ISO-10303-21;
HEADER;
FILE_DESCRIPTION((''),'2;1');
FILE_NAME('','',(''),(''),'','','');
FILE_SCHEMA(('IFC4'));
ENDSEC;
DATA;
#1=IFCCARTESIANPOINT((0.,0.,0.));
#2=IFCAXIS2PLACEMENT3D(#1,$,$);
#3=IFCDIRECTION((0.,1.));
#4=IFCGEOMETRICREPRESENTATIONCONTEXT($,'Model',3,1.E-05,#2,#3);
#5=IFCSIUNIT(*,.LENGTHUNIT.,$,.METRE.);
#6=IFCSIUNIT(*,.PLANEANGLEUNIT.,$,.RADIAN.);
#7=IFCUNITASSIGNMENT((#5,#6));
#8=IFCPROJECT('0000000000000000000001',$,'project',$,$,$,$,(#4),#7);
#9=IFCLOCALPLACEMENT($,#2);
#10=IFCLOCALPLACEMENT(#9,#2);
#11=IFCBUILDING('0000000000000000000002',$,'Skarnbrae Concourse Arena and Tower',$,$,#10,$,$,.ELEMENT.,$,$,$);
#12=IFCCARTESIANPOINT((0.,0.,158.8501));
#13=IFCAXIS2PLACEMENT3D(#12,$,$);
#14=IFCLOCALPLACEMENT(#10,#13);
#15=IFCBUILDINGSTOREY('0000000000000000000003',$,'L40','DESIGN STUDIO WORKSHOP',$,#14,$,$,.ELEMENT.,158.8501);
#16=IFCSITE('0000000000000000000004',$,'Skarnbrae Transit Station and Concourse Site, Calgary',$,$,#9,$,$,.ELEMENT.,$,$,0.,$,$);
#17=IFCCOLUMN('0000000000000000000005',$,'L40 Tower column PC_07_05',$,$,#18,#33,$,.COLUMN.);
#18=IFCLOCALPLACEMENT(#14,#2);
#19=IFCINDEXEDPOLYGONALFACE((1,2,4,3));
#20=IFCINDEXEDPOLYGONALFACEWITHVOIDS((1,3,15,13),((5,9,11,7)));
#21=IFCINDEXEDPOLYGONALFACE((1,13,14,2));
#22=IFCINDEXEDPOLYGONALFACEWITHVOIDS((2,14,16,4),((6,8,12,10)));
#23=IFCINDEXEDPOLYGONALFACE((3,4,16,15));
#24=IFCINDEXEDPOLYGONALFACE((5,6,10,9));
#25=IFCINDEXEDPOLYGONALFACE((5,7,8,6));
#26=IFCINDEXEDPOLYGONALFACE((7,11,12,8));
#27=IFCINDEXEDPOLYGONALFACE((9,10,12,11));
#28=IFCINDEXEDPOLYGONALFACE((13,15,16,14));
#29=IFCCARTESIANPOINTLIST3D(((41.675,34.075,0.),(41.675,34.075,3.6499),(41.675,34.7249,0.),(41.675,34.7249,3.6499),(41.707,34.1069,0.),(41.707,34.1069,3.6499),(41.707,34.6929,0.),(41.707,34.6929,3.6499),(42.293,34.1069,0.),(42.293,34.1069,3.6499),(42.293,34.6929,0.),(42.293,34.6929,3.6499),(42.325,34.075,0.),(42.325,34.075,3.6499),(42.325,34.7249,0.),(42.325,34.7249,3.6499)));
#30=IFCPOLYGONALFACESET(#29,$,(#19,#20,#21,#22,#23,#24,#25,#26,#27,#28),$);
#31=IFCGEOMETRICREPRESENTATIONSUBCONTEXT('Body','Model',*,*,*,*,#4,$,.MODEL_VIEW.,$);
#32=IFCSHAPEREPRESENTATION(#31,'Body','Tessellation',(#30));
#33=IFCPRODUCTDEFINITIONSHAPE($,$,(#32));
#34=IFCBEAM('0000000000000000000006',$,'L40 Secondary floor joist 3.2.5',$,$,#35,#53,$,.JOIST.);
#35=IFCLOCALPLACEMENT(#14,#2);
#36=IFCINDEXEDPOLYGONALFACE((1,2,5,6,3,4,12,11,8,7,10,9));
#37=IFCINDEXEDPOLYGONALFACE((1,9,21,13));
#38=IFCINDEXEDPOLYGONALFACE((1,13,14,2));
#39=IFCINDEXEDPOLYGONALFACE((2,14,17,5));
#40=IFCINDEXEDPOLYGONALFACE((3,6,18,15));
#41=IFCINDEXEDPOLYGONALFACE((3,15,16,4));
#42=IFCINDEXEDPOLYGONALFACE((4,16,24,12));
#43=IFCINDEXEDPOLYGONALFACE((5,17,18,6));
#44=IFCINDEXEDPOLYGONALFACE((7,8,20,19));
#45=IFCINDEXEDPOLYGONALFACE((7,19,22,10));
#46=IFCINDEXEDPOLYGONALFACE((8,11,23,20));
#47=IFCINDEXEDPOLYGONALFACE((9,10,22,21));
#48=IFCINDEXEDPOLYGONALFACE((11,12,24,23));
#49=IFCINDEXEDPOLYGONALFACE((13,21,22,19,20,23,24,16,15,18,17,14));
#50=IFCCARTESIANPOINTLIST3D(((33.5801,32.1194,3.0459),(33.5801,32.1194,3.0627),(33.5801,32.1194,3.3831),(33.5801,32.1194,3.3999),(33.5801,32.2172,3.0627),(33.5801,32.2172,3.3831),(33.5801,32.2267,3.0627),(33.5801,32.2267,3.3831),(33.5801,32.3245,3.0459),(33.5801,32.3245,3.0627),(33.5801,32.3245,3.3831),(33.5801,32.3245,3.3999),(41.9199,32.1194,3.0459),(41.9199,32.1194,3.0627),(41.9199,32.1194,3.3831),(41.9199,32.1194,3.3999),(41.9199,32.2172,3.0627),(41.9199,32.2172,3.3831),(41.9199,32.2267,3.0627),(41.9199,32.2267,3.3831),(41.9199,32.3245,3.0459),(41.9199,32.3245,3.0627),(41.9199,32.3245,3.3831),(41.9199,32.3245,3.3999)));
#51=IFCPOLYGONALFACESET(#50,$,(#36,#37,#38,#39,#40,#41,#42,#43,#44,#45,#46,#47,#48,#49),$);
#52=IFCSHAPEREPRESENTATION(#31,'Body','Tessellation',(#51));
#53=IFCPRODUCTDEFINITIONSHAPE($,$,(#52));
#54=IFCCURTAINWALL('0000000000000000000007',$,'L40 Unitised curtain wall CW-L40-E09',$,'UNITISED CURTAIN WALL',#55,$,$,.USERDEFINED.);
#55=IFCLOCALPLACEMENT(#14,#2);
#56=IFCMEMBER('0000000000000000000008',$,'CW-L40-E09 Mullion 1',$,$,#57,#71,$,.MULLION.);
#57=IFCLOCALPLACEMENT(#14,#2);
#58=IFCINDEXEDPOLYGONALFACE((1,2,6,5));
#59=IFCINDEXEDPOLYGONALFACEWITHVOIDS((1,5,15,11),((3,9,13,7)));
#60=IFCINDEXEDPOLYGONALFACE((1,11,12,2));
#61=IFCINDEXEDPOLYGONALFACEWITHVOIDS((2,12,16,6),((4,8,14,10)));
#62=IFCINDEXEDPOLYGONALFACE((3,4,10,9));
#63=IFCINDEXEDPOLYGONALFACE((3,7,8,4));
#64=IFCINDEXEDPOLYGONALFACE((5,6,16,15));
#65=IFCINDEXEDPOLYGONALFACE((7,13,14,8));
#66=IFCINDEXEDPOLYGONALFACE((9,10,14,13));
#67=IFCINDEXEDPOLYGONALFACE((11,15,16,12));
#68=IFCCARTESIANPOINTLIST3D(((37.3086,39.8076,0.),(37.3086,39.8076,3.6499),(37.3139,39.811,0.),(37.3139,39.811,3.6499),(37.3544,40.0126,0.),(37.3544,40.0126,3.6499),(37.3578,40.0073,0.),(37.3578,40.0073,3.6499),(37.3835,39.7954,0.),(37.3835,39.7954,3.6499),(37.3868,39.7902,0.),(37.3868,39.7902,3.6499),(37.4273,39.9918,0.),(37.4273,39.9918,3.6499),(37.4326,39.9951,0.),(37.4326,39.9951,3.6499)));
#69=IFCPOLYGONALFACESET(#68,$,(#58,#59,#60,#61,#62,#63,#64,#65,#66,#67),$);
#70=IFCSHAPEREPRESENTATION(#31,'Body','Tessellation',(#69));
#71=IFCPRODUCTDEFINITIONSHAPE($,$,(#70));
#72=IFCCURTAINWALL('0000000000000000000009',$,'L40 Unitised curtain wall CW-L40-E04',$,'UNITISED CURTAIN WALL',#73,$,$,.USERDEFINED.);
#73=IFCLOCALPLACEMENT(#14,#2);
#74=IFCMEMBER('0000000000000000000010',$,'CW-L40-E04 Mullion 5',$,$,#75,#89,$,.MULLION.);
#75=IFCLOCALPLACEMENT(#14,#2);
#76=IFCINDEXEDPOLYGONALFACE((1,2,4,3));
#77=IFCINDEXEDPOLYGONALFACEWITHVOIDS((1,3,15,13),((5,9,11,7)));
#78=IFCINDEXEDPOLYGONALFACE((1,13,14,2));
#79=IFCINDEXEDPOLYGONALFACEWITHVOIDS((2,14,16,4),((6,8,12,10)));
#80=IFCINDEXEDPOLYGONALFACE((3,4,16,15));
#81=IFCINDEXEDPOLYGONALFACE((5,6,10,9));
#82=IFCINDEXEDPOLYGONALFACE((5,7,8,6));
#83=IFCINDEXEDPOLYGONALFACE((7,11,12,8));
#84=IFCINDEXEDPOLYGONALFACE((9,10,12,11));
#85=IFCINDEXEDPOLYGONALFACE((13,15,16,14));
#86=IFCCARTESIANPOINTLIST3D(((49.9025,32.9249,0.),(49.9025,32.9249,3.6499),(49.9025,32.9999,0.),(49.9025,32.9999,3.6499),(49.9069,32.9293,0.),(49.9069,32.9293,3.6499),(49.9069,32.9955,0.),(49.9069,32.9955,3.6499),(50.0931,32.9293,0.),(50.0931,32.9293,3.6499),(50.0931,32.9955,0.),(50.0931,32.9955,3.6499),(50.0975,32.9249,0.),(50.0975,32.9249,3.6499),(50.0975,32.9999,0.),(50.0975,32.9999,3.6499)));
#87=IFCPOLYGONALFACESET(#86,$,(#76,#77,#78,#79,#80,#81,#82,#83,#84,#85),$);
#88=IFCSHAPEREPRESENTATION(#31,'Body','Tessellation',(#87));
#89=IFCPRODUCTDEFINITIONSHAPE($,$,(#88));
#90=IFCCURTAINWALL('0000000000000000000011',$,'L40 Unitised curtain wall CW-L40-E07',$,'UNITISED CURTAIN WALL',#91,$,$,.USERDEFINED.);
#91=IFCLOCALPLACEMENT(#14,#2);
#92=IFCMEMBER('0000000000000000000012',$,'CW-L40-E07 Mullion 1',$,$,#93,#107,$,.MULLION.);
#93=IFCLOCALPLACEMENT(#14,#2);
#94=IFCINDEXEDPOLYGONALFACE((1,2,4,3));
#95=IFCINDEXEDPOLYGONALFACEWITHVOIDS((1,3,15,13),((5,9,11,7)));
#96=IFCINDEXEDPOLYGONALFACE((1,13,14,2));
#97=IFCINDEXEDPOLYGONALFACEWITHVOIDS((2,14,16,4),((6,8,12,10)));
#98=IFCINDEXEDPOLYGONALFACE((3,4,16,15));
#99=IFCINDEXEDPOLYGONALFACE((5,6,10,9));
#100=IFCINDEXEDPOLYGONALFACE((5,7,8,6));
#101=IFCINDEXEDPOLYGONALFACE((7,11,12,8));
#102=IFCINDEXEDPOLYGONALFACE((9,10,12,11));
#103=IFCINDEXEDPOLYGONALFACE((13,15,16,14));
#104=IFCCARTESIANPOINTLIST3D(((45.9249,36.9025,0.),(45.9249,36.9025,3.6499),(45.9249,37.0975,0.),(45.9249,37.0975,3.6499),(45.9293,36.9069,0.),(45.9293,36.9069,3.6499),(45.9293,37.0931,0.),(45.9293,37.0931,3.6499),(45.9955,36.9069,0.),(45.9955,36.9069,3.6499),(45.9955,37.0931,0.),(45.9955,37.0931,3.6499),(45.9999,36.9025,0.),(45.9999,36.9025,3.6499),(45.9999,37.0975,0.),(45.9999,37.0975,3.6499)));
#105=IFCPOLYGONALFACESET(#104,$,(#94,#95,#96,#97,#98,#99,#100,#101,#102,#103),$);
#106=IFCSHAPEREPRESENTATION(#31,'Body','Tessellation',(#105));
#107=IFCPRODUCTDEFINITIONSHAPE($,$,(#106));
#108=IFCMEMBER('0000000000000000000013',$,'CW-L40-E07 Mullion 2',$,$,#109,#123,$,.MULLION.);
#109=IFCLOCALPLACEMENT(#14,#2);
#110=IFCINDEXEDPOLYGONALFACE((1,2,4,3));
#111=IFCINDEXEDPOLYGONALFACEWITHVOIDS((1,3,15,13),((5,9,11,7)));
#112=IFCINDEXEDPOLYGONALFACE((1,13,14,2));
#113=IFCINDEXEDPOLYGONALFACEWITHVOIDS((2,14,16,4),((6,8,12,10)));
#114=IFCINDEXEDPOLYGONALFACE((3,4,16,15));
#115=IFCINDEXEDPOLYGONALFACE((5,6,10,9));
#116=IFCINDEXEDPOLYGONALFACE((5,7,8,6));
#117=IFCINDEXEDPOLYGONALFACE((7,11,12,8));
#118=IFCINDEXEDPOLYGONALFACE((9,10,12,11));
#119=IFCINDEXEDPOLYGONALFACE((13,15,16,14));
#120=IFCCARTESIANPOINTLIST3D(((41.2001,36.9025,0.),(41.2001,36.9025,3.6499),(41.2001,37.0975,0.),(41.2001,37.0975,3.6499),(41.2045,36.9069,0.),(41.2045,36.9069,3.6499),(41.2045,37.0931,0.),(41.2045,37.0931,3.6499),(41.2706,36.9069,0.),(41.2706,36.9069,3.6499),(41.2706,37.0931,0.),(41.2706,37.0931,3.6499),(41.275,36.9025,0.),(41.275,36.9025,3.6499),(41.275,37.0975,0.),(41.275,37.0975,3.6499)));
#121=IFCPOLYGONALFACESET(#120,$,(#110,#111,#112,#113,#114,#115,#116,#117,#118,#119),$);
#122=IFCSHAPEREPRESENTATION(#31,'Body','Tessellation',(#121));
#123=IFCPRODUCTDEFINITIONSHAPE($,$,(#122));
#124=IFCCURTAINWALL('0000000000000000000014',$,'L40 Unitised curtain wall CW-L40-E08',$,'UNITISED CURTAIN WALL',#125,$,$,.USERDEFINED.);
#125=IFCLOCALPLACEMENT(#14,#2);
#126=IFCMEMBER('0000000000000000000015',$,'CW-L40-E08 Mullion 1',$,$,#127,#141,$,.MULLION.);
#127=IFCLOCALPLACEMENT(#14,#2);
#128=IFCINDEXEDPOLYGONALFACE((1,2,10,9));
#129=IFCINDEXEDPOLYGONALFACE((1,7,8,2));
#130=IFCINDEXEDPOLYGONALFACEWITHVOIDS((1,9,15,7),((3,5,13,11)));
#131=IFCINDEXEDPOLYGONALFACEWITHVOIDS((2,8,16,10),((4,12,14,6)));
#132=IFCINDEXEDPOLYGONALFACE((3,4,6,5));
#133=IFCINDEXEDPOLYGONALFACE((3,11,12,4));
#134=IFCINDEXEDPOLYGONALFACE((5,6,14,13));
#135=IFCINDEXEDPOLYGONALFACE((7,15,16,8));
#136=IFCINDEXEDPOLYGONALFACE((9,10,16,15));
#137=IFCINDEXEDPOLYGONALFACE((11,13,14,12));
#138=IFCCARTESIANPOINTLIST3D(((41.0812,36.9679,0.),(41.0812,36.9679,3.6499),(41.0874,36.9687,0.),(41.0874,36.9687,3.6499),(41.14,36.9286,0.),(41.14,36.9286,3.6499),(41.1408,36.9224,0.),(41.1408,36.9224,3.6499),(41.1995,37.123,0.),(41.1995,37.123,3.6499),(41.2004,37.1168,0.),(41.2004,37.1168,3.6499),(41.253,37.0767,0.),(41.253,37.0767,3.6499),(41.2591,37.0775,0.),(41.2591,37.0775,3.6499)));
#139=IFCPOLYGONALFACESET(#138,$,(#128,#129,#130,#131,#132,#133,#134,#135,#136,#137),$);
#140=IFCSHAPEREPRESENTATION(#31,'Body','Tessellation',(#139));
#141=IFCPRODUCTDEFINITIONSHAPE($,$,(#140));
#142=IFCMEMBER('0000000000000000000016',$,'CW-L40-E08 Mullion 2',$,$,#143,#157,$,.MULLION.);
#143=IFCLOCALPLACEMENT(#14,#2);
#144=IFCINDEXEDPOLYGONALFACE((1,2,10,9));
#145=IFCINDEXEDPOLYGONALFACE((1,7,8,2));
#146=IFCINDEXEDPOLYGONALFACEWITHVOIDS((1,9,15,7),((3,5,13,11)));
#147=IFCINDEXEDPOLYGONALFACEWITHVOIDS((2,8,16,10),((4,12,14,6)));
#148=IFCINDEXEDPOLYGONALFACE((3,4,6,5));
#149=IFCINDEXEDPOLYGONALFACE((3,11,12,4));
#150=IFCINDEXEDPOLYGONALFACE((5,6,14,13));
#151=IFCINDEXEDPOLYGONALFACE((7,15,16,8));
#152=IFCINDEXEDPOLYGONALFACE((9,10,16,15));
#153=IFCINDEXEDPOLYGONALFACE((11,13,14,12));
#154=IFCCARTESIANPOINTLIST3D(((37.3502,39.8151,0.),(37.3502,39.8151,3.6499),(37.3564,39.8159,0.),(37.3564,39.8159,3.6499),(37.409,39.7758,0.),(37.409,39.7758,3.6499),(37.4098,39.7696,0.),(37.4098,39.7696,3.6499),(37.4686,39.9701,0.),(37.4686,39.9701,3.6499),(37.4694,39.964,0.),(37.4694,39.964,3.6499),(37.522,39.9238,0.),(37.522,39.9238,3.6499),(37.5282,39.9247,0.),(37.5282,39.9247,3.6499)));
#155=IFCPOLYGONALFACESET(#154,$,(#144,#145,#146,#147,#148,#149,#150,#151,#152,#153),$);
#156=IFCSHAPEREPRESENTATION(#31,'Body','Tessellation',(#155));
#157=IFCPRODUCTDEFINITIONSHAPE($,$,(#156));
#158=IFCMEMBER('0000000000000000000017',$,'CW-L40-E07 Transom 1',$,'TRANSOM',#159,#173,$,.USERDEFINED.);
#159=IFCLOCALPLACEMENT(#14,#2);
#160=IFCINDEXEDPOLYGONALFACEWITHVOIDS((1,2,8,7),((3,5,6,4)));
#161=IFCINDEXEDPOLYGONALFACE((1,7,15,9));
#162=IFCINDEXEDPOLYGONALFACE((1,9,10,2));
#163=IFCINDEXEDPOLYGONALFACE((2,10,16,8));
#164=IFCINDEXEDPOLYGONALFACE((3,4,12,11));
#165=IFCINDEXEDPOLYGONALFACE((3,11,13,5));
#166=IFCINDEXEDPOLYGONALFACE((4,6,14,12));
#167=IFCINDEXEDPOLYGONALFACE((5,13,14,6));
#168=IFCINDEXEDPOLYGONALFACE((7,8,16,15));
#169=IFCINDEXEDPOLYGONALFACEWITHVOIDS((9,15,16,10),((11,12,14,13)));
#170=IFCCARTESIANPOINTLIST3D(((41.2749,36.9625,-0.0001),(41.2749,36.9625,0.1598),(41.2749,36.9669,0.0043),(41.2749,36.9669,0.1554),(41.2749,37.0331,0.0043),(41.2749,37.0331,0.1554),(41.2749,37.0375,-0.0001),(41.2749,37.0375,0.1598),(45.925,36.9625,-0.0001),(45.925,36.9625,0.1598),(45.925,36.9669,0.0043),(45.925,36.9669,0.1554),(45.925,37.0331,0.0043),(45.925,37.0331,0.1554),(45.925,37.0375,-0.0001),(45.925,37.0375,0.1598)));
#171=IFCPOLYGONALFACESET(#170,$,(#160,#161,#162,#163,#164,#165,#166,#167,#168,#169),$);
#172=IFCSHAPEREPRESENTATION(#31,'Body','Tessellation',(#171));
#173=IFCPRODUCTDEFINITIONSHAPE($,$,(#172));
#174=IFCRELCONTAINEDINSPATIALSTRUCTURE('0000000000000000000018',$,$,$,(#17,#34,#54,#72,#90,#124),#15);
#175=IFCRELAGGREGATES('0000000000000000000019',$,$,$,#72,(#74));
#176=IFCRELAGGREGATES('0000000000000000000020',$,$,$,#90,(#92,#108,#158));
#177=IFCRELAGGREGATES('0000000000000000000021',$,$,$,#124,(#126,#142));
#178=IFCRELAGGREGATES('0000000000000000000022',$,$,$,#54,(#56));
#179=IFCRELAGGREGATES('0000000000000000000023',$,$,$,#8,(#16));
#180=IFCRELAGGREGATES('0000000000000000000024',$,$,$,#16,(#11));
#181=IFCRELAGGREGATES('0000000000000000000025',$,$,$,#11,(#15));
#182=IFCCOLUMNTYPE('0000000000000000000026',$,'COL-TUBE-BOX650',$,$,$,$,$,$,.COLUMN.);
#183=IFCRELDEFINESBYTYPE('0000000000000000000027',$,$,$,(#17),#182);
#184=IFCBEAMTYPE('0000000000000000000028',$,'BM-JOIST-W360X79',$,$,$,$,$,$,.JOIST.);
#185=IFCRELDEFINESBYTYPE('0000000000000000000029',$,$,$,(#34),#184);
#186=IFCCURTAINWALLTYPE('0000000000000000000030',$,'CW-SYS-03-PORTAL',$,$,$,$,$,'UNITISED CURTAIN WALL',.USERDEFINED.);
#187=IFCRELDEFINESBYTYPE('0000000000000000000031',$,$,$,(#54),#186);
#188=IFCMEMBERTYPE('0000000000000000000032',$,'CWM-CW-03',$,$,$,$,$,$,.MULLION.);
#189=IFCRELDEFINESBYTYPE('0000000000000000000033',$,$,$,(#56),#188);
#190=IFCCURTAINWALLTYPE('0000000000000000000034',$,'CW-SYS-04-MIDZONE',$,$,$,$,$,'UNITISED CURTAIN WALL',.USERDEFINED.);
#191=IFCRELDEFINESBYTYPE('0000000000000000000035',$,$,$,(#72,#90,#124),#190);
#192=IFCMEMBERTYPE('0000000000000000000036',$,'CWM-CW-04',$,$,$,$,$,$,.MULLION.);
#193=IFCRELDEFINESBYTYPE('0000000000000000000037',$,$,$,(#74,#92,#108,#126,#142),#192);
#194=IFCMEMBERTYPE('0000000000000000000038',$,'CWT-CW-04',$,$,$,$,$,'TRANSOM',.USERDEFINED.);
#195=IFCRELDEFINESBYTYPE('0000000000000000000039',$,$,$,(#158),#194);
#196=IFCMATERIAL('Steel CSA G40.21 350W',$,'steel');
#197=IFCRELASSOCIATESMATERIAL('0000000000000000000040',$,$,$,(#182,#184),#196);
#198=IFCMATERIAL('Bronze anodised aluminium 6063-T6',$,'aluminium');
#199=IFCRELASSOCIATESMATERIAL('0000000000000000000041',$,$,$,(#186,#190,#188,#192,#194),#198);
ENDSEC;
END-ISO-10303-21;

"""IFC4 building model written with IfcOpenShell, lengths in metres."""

from ifc_helpers import new_model, si_unit, direction, frame, origin, origin_2d, place, context, subcontext, project, spatial, hollow_rectangle, i_section, extrude, source, transform, mapped, material, material_profile, profile_set, type_object, element, aggregate, save


model = new_model("IFC4")

# Units and contexts
model_context = context("Model", 3, precision=1e-05, world=origin(), true_north=direction((0.0, 1.0)))
body_context = subcontext(model_context, "Body", "Model", "MODEL_VIEW")
ifc_project = project(units=[si_unit("LENGTHUNIT", "METRE"), si_unit("PLANEANGLEUNIT", "RADIAN")], contexts=[model_context])

# Site, building, storey
site_placement = place(None, origin())
site = spatial("IfcSite", under=ifc_project, at=site_placement, Name="Skarnbrae Transit Station and Concourse Site, Calgary", CompositionType="ELEMENT", RefElevation=0.0)
building_placement = place(site_placement, origin())
building = spatial("IfcBuilding", under=site, at=building_placement, Name="Skarnbrae Concourse Arena and Tower", CompositionType="ELEMENT")
storey_placement = place(building_placement, frame((0.0, 0.0, 158.8501)))
storey = spatial("IfcBuildingStorey", under=building, at=storey_placement, Name="L40", Description="DESIGN STUDIO WORKSHOP", CompositionType="ELEMENT", Elevation=158.8501)

# Column
ifc_material_1 = material(Name="Steel CSA G40.21 350W", Category="steel")
ifc_material_profile_1 = material_profile(ifc_material_1, hollow_rectangle(XDim=0.6499, YDim=0.6499, WallThickness=0.032, at=origin_2d()), Name="BOX650X650X32")
ifc_profile_set_1 = profile_set([ifc_material_profile_1], Name="Steel CSA G40.21 350W")
column_type = type_object("IfcColumnType", Name="COL-TUBE-BOX650", PredefinedType="COLUMN", material=ifc_profile_set_1)
shared_shape_1 = source(origin(), body_context, "Body", "SweptSolid", [
    extrude(hollow_rectangle(XDim=0.6499, YDim=0.6499, WallThickness=0.032, at=origin_2d()), origin(), (0.0, 0.0, 1.0), 3.6499),
])
column_placement = place(storey_placement, frame((42.0, 34.3999, 0.0), z_axis=(0.0, 0.0, 1.0), x_axis=(1.0, 0.0, 0.0)))
element("IfcColumn", 1, at=column_placement, inside=storey, type_object=column_type, Name="L40 Tower column PC_07_05", PredefinedType="COLUMN", context=body_context, shape_type="MappedRepresentation", body=[
    mapped(shared_shape_1, transform((0.0, 0.0, 0.0))),
])

# Beam
ifc_material_profile_2 = material_profile(ifc_material_1, i_section(OverallWidth=0.2051, OverallDepth=0.354, WebThickness=0.0095, FlangeThickness=0.0168, at=origin_2d()), Name="W360X79")
ifc_profile_set_2 = profile_set([ifc_material_profile_2], Name="Steel CSA G40.21 350W")
beam_type = type_object("IfcBeamType", Name="BM-JOIST-W360X79", PredefinedType="JOIST", material=ifc_profile_set_2)
shared_shape_2 = source(origin(), body_context, "Body", "SweptSolid", [
    extrude(i_section(OverallWidth=0.2051, OverallDepth=0.354, WebThickness=0.0095, FlangeThickness=0.0168, at=origin_2d()), origin(), (0.0, 0.0, 1.0), 8.3398),
])
beam_placement = place(storey_placement, frame((33.5801, 32.2219, 3.2229), z_axis=(1.0, 0.0, 0.0), x_axis=(0.0, 1.0, 0.0)))
element("IfcBeam", 2, at=beam_placement, inside=storey, type_object=beam_type, Name="L40 Secondary floor joist 3.2.5", PredefinedType="JOIST", context=body_context, shape_type="MappedRepresentation", body=[
    mapped(shared_shape_2, transform((0.0, 0.0, 0.0))),
])

# Curtain walls, members
ifc_material_2 = material(Name="Bronze anodised aluminium 6063-T6", Category="aluminium")
curtain_wall_type_1 = type_object("IfcCurtainWallType", Name="CW-SYS-03-PORTAL", ElementType="UNITISED CURTAIN WALL", PredefinedType="USERDEFINED", material=ifc_material_2)
curtain_wall_1_placement = place(storey_placement, origin())
curtain_wall_1 = element("IfcCurtainWall", 3, at=curtain_wall_1_placement, inside=storey, type_object=curtain_wall_type_1, Name="L40 Unitised curtain wall CW-L40-E09", ObjectType="UNITISED CURTAIN WALL", PredefinedType="USERDEFINED")
ifc_material_profile_3 = material_profile(ifc_material_2, hollow_rectangle(XDim=0.0801, YDim=0.21, WallThickness=0.0044, at=origin_2d()), Name="ALU-MULL-80X210")
ifc_profile_set_3 = profile_set([ifc_material_profile_3], Name="Bronze anodised aluminium 6063-T6")
member_type_1 = type_object("IfcMemberType", Name="CWM-CW-03", PredefinedType="MULLION", material=ifc_profile_set_3)
shared_shape_3 = source(origin(), body_context, "Body", "SweptSolid", [
    extrude(hollow_rectangle(XDim=0.0801, YDim=0.21, WallThickness=0.0044, at=origin_2d()), origin(), (0.0, 0.0, 1.0), 3.6499),
])
member_1_placement = place(storey_placement, frame((37.3706, 39.9014, 0.0), z_axis=(0.0, 0.0, 1.0), x_axis=(-0.975936, 0.218056, 0.0)))
member_1 = element("IfcMember", 4, at=member_1_placement, type_object=member_type_1, Name="CW-L40-E09 Mullion 1", PredefinedType="MULLION", context=body_context, shape_type="MappedRepresentation", body=[
    mapped(shared_shape_3, transform((0.0, 0.0, 0.0))),
])
curtain_wall_type_2 = type_object("IfcCurtainWallType", Name="CW-SYS-04-MIDZONE", ElementType="UNITISED CURTAIN WALL", PredefinedType="USERDEFINED", material=ifc_material_2)
curtain_wall_2_placement = place(storey_placement, origin())
curtain_wall_2 = element("IfcCurtainWall", 5, at=curtain_wall_2_placement, inside=storey, type_object=curtain_wall_type_2, Name="L40 Unitised curtain wall CW-L40-E04", ObjectType="UNITISED CURTAIN WALL", PredefinedType="USERDEFINED")
ifc_material_profile_4 = material_profile(ifc_material_2, hollow_rectangle(XDim=0.075, YDim=0.1951, WallThickness=0.0044, at=origin_2d()), Name="ALU-MULL-75X195")
ifc_profile_set_4 = profile_set([ifc_material_profile_4], Name="Bronze anodised aluminium 6063-T6")
member_type_2 = type_object("IfcMemberType", Name="CWM-CW-04", PredefinedType="MULLION", material=ifc_profile_set_4)
shared_shape_4 = source(origin(), body_context, "Body", "SweptSolid", [
    extrude(hollow_rectangle(XDim=0.075, YDim=0.1951, WallThickness=0.0044, at=origin_2d()), origin(), (0.0, 0.0, 1.0), 3.6499),
])
member_2_placement = place(storey_placement, frame((50.0, 32.9624, 0.0), z_axis=(0.0, 0.0, 1.0), x_axis=(0.0, 1.0, 0.0)))
member_2 = element("IfcMember", 6, at=member_2_placement, type_object=member_type_2, Name="CW-L40-E04 Mullion 5", PredefinedType="MULLION", context=body_context, shape_type="MappedRepresentation", body=[
    mapped(shared_shape_4, transform((0.0, 0.0, 0.0))),
])
aggregate(curtain_wall_2, [member_2])

# Curtain walls, members
curtain_wall_3_placement = place(storey_placement, origin())
curtain_wall_3 = element("IfcCurtainWall", 7, at=curtain_wall_3_placement, inside=storey, type_object=curtain_wall_type_2, Name="L40 Unitised curtain wall CW-L40-E07", ObjectType="UNITISED CURTAIN WALL", PredefinedType="USERDEFINED")
member_3_placement = place(storey_placement, frame((45.9624, 37.0, 0.0), z_axis=(0.0, 0.0, 1.0), x_axis=(-1.0, 0.0, 0.0)))
member_3 = element("IfcMember", 8, at=member_3_placement, type_object=member_type_2, Name="CW-L40-E07 Mullion 1", PredefinedType="MULLION", context=body_context, shape_type="MappedRepresentation", body=[
    mapped(shared_shape_4, transform((0.0, 0.0, 0.0))),
])
member_4_placement = place(storey_placement, frame((41.2375, 37.0, 0.0), z_axis=(0.0, 0.0, 1.0), x_axis=(-1.0, 0.0, 0.0)))
member_4 = element("IfcMember", 9, at=member_4_placement, type_object=member_type_2, Name="CW-L40-E07 Mullion 2", PredefinedType="MULLION", context=body_context, shape_type="MappedRepresentation", body=[
    mapped(shared_shape_4, transform((0.0, 0.0, 0.0))),
])
curtain_wall_4_placement = place(storey_placement, origin())
curtain_wall_4 = element("IfcCurtainWall", 10, at=curtain_wall_4_placement, inside=storey, type_object=curtain_wall_type_2, Name="L40 Unitised curtain wall CW-L40-E08", ObjectType="UNITISED CURTAIN WALL", PredefinedType="USERDEFINED")
member_5_placement = place(storey_placement, frame((41.1702, 37.0227, 0.0), z_axis=(0.0, 0.0, 1.0), x_axis=(-0.794956, 0.606667, 0.0)))
member_5 = element("IfcMember", 11, at=member_5_placement, type_object=member_type_2, Name="CW-L40-E08 Mullion 1", PredefinedType="MULLION", context=body_context, shape_type="MappedRepresentation", body=[
    mapped(shared_shape_4, transform((0.0, 0.0, 0.0))),
])
member_6_placement = place(storey_placement, frame((37.4392, 39.8699, 0.0), z_axis=(0.0, 0.0, 1.0), x_axis=(-0.794956, 0.606667, 0.0)))
member_6 = element("IfcMember", 12, at=member_6_placement, type_object=member_type_2, Name="CW-L40-E08 Mullion 2", PredefinedType="MULLION", context=body_context, shape_type="MappedRepresentation", body=[
    mapped(shared_shape_4, transform((0.0, 0.0, 0.0))),
])

# Member
ifc_material_profile_5 = material_profile(ifc_material_2, hollow_rectangle(XDim=0.075, YDim=0.1599, WallThickness=0.0044, at=origin_2d()), Name="ALU-TRAN-75X160")
ifc_profile_set_5 = profile_set([ifc_material_profile_5], Name="Bronze anodised aluminium 6063-T6")
member_type_3 = type_object("IfcMemberType", Name="CWT-CW-04", ElementType="TRANSOM", PredefinedType="USERDEFINED", material=ifc_profile_set_5)
shared_shape_5 = source(origin(), body_context, "Body", "SweptSolid", [
    extrude(hollow_rectangle(XDim=0.075, YDim=0.1599, WallThickness=0.0044, at=origin_2d()), origin(), (0.0, 0.0, 1.0), 4.6501),
])
member_7_placement = place(storey_placement, frame((45.925, 37.0, 0.0798), z_axis=(-1.0, 0.0, 0.0), x_axis=(0.0, -1.0, 0.0)))
member_7 = element("IfcMember", 13, at=member_7_placement, type_object=member_type_3, Name="CW-L40-E07 Transom 1", ObjectType="TRANSOM", PredefinedType="USERDEFINED", context=body_context, shape_type="MappedRepresentation", body=[
    mapped(shared_shape_5, transform((0.0, 0.0, 0.0))),
])

aggregate(curtain_wall_3, [member_3, member_4, member_7])
aggregate(curtain_wall_4, [member_5, member_6])
aggregate(curtain_wall_1, [member_1])

save(model, "model.ifc")
